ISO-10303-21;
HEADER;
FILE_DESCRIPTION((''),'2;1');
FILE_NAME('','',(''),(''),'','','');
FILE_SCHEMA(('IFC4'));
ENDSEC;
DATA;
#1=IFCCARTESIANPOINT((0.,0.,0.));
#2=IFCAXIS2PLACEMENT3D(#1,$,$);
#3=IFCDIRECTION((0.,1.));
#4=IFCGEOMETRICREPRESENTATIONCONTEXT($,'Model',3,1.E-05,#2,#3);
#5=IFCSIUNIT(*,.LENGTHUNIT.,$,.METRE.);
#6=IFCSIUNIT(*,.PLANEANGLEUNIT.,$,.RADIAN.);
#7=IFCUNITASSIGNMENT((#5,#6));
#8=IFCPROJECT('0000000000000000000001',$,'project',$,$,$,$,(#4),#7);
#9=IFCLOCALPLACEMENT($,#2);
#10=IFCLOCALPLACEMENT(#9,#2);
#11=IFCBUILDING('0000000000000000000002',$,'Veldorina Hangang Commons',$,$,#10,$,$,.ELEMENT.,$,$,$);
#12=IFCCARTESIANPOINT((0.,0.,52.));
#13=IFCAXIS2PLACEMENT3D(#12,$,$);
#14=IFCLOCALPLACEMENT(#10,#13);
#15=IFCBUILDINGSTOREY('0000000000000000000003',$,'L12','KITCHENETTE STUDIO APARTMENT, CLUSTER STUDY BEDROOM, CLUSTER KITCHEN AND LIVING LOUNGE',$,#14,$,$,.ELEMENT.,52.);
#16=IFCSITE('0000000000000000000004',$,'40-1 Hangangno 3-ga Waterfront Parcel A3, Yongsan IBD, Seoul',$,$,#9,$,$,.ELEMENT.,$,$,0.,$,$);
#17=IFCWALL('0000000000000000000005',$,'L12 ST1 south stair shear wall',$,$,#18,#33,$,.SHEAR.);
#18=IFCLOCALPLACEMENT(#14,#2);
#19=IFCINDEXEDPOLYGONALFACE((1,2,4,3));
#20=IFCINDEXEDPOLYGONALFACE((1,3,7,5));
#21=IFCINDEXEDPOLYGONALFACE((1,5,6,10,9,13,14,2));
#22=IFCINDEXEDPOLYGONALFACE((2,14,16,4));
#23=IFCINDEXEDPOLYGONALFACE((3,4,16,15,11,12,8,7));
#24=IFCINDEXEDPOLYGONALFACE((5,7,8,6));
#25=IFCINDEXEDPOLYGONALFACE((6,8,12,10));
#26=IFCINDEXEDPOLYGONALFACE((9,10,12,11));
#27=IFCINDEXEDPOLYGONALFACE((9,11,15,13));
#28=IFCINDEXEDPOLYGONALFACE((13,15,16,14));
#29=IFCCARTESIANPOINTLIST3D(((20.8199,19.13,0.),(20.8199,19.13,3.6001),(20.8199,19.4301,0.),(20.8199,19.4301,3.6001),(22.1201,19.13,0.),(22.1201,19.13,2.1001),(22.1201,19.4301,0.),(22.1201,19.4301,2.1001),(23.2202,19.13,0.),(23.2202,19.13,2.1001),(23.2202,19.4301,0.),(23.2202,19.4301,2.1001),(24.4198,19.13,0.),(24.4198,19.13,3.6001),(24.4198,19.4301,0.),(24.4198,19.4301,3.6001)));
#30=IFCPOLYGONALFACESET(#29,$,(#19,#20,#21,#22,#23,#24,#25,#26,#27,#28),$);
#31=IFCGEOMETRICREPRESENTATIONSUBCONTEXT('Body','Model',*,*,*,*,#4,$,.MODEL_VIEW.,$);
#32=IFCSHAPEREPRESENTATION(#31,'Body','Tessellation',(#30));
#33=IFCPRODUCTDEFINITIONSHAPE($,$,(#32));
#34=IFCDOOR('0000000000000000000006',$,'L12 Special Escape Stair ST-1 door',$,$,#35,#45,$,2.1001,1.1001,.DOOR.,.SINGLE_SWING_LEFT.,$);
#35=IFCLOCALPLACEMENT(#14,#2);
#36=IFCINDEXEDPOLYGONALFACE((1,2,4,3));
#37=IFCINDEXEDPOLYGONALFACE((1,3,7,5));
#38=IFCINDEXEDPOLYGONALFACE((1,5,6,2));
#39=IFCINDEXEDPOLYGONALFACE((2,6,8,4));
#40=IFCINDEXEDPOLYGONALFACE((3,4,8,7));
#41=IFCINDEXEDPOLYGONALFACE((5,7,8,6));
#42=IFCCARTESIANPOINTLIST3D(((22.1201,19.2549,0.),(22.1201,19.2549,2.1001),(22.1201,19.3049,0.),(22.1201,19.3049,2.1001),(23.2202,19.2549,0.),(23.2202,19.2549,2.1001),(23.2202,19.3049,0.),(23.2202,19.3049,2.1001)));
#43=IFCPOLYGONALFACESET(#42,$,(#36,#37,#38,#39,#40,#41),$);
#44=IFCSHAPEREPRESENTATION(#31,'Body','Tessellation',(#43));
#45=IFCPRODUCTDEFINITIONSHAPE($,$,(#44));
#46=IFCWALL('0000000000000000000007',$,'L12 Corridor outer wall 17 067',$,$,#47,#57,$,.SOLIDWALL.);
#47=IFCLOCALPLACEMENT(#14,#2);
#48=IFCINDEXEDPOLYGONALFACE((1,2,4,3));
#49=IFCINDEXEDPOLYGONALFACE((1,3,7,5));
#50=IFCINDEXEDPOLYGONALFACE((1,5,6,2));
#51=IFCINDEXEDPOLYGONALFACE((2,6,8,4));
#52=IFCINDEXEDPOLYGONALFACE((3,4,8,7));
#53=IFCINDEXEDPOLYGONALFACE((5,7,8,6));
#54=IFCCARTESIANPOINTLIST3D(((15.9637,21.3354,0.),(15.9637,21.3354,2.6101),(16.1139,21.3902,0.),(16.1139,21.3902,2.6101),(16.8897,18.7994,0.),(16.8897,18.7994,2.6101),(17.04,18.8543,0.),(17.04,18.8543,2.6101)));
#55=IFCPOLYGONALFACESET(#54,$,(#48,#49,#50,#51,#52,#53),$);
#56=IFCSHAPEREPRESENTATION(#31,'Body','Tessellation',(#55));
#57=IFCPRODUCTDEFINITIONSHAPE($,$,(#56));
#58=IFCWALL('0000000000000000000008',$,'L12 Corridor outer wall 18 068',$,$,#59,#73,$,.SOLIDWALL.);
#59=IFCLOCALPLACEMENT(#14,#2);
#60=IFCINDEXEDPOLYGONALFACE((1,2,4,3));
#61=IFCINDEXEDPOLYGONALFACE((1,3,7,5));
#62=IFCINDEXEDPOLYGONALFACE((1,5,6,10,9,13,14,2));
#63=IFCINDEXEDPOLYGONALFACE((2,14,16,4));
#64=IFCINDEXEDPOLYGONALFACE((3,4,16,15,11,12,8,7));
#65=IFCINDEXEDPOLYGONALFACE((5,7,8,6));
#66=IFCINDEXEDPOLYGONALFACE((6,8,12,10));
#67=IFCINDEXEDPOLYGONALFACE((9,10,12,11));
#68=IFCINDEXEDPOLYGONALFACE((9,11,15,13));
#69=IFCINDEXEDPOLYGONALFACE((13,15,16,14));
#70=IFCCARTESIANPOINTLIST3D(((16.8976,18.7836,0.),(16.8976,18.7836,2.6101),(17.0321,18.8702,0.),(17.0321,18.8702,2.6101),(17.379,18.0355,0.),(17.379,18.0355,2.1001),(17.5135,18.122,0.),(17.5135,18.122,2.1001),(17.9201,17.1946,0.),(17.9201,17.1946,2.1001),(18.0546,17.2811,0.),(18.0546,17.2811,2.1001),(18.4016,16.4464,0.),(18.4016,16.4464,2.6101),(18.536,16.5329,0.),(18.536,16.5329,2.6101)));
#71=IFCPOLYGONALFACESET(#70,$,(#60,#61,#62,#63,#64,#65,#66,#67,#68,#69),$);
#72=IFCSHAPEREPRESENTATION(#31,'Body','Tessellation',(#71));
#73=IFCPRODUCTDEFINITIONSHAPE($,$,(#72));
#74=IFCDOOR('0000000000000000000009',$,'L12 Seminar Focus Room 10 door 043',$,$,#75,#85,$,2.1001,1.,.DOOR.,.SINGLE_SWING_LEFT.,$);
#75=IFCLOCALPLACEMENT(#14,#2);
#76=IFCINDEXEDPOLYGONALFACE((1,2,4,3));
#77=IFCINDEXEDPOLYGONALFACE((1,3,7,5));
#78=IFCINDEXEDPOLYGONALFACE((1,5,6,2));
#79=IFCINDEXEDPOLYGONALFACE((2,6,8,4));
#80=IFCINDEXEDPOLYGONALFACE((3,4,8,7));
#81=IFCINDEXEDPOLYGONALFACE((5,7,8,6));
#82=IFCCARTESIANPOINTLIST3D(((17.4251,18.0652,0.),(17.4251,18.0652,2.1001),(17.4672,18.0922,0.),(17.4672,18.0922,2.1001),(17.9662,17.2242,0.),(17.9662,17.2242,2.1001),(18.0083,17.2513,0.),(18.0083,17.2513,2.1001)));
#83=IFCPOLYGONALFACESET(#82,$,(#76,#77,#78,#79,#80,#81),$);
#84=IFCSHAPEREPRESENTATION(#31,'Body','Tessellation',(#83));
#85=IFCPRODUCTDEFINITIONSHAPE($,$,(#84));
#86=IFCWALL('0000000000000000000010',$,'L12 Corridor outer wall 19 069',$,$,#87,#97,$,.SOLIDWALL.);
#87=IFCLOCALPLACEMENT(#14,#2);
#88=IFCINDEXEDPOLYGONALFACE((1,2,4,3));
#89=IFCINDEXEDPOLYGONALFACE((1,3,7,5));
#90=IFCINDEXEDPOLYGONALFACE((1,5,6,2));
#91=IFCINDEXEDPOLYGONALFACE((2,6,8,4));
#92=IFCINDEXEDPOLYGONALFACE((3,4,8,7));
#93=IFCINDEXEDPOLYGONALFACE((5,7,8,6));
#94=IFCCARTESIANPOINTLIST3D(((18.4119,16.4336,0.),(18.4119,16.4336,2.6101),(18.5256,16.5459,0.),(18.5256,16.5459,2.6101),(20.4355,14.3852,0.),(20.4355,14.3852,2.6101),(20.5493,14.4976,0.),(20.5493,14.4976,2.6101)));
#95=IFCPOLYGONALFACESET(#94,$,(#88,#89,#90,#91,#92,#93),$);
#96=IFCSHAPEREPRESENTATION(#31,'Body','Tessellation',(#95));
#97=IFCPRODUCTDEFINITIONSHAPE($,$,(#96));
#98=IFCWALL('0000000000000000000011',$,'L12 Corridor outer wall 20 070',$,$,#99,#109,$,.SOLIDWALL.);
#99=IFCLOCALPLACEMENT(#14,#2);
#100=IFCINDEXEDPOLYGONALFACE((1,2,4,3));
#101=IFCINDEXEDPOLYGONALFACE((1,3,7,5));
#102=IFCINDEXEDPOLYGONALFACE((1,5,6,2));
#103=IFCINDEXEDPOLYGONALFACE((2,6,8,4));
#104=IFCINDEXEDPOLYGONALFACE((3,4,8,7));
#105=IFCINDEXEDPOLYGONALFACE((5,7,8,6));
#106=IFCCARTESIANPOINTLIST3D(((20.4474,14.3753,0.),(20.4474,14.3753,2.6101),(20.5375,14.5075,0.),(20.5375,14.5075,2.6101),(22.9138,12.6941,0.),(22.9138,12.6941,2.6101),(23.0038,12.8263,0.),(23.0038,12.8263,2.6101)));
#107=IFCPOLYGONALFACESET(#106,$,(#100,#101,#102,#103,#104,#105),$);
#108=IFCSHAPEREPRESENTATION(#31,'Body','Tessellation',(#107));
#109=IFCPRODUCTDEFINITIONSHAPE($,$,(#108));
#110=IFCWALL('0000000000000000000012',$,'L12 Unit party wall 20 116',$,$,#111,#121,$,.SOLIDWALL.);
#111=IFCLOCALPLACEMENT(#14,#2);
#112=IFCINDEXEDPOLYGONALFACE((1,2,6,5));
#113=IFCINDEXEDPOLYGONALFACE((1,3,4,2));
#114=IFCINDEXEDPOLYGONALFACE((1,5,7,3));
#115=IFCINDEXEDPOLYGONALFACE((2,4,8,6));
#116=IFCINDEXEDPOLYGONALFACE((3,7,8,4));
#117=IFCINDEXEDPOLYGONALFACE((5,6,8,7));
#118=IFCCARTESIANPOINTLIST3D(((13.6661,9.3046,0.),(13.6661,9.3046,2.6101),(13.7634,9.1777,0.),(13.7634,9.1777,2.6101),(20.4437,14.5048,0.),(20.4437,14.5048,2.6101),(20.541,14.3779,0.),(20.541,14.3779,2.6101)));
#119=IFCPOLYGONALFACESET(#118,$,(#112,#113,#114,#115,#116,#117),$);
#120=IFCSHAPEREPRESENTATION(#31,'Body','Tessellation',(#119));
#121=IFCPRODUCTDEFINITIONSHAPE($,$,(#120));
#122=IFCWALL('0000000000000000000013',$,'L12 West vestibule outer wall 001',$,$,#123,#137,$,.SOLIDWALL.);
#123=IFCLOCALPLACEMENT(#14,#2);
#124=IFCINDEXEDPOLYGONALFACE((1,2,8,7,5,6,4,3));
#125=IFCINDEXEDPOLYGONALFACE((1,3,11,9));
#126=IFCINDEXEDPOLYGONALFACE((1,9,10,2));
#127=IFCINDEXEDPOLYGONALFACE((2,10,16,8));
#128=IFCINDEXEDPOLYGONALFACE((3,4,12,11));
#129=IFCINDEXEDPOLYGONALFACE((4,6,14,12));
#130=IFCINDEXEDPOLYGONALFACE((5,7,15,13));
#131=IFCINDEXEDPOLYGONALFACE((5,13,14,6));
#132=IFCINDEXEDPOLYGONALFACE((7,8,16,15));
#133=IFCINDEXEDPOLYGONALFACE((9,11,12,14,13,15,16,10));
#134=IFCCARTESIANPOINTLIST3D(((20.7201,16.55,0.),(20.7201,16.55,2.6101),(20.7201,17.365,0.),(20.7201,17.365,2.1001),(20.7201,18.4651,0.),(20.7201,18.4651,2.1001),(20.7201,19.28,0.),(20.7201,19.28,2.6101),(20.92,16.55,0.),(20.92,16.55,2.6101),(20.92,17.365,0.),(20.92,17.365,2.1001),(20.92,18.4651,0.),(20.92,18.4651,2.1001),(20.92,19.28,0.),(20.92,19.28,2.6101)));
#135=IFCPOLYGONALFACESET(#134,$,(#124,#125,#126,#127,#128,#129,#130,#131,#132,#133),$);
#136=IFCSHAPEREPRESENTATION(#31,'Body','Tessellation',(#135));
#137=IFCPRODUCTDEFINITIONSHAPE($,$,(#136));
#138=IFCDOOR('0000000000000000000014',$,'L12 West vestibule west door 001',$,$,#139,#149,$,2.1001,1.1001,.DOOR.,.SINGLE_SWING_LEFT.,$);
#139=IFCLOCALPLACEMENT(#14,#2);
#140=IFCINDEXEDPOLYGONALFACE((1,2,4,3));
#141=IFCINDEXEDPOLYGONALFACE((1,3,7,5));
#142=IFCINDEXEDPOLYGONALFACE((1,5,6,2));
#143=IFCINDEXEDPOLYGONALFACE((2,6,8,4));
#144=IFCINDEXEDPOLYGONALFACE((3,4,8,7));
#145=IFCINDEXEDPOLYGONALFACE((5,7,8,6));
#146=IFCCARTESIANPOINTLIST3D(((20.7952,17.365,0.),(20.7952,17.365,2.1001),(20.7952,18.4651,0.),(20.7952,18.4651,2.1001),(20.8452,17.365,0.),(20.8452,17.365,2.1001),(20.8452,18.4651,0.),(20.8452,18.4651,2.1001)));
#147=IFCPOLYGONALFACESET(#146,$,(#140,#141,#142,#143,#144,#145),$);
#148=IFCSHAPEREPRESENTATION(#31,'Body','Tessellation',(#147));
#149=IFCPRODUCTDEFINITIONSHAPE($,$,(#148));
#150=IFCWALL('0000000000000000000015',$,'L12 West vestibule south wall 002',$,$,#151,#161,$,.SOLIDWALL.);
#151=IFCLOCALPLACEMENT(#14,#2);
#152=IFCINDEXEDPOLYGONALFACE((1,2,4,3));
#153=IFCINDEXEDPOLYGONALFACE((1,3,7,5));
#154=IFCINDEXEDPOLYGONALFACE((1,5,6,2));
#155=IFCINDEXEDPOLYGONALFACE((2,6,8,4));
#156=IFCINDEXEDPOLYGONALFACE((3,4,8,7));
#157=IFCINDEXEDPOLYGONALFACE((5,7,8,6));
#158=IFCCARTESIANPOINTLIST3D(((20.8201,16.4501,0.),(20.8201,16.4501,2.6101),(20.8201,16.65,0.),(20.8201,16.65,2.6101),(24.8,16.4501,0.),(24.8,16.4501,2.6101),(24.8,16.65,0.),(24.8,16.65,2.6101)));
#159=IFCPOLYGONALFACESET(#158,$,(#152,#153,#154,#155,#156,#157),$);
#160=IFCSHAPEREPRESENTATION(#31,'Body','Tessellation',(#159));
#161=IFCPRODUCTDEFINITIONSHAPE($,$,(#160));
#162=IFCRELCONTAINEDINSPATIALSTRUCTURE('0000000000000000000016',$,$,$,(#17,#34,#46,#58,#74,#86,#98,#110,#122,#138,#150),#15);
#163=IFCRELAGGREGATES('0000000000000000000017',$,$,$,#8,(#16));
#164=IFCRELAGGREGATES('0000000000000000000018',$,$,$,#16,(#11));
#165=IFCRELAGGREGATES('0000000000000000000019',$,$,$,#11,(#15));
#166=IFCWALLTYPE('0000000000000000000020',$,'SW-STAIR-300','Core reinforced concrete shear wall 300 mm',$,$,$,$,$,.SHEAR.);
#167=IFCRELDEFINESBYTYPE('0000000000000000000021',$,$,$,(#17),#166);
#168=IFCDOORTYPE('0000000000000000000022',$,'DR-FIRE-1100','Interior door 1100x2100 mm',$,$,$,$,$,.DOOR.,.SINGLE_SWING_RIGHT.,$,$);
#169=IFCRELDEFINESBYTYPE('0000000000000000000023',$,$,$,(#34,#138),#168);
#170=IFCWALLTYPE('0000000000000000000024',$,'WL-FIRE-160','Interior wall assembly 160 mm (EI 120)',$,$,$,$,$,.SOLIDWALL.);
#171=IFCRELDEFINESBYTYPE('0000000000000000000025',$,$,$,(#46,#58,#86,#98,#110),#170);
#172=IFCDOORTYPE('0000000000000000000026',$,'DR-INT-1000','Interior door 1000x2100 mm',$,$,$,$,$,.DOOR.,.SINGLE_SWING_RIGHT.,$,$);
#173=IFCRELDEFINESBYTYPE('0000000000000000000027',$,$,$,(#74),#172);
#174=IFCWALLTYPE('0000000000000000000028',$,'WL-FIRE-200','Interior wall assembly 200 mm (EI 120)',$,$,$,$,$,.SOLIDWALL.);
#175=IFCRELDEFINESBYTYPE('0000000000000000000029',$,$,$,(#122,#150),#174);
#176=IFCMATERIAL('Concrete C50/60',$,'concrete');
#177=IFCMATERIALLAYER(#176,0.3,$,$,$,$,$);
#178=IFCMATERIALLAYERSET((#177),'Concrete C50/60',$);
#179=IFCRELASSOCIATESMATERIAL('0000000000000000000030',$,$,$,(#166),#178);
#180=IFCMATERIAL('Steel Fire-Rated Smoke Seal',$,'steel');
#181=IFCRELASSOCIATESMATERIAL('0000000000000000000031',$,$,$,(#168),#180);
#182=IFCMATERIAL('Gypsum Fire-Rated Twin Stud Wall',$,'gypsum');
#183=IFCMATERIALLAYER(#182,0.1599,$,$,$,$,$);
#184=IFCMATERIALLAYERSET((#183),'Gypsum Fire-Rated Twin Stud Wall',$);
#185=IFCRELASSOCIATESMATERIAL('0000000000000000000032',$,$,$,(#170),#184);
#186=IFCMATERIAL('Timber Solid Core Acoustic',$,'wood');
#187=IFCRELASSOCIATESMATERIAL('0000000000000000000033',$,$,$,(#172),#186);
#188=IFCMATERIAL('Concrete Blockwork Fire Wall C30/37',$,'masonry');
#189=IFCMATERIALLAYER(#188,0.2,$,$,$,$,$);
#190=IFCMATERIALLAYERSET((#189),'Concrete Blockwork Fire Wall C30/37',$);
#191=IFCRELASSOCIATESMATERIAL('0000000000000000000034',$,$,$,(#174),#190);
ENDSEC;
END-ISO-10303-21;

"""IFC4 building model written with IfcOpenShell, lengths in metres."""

from ifc_helpers import new_model, si_unit, direction, frame, frame_2d, origin, place, context, subcontext, project, spatial, rectangle, extrude, material, layer, layer_set, type_object, element, fill, save


model = new_model("IFC4")

# Units and contexts
model_context = context("Model", 3, precision=1e-05, world=origin(), true_north=direction((0.0, 1.0)))
body_context = subcontext(model_context, "Body", "Model", "MODEL_VIEW")
ifc_project = project(units=[si_unit("LENGTHUNIT", "METRE"), si_unit("PLANEANGLEUNIT", "RADIAN")], contexts=[model_context])

# Site, building, storey
site_placement = place(None, origin())
site = spatial("IfcSite", under=ifc_project, at=site_placement, Name="40-1 Hangangno 3-ga Waterfront Parcel A3, Yongsan IBD, Seoul", CompositionType="ELEMENT", RefElevation=0.0)
building_placement = place(site_placement, origin())
building = spatial("IfcBuilding", under=site, at=building_placement, Name="Veldorina Hangang Commons", CompositionType="ELEMENT")
storey_placement = place(building_placement, frame((0.0, 0.0, 52.0)))
storey = spatial("IfcBuildingStorey", under=building, at=storey_placement, Name="L12", Description="KITCHENETTE STUDIO APARTMENT, CLUSTER STUDY BEDROOM, CLUSTER KITCHEN AND LIVING LOUNGE", CompositionType="ELEMENT", Elevation=52.0)

# Shared definitions
ifc_material_1 = material(Name="Concrete C50/60", Category="concrete")
ifc_layer_1 = layer(ifc_material_1, 0.3)
ifc_layer_set_1 = layer_set([ifc_layer_1], Name="Concrete C50/60")
wall_type_1 = type_object("IfcWallType", Name="SW-STAIR-300", Description="Core reinforced concrete shear wall 300 mm", PredefinedType="SHEAR", material=ifc_layer_set_1)

# Wall, opening, door
wall_1_placement = place(storey_placement, frame((20.8201, 19.28, 0.0), z_axis=(0.0, 0.0, 1.0), x_axis=(1.0, 0.0, 0.0)))
wall_1 = element("IfcWall", 1, at=wall_1_placement, inside=storey, type_object=wall_type_1, Name="L12 ST1 south stair shear wall", PredefinedType="SHEAR", context=body_context, shape_type="SweptSolid", body=[
    extrude(rectangle(XDim=3.5999, YDim=0.3, at=frame_2d((1.7998, 0.0))), origin(), (0.0, 0.0, 1.0), 3.6001),
])
opening_1_placement = place(wall_1_placement, frame((1.3, 0.0, 0.0)))
opening_1 = element("IfcOpeningElement", 2, at=opening_1_placement, cuts=wall_1, PredefinedType="OPENING", context=body_context, shape_type="SweptSolid", body=[
    extrude(rectangle(XDim=1.1001, YDim=2.1001, at=frame_2d((0.55, 1.05))), frame((0.0, 0.1602, 0.0), z_axis=(0.0, -1.0, 0.0), x_axis=(1.0, 0.0, 0.0)), (0.0, 0.0, 1.0), 0.3201),
])
ifc_material_2 = material(Name="Steel Fire-Rated Smoke Seal", Category="steel")
door_type_1 = type_object("IfcDoorType", Name="DR-FIRE-1100", Description="Interior door 1100x2100 mm", OperationType="SINGLE_SWING_RIGHT", PredefinedType="DOOR", material=ifc_material_2)
door_1_placement = place(opening_1_placement, origin())
door_1 = element("IfcDoor", 3, at=door_1_placement, inside=storey, type_object=door_type_1, Name="L12 Special Escape Stair ST-1 door", OperationType="SINGLE_SWING_LEFT", OverallHeight=2.1001, OverallWidth=1.1001, PredefinedType="DOOR", context=body_context, shape_type="SweptSolid", body=[
    extrude(rectangle(XDim=1.1001, YDim=2.1001, at=frame_2d((0.55, 1.05))), frame((0.0, 0.0249, 0.0), z_axis=(0.0, -1.0, 0.0), x_axis=(1.0, 0.0, 0.0)), (0.0, 0.0, 1.0), 0.05),
])
fill(opening_1, door_1)

# Wall
ifc_material_3 = material(Name="Gypsum Fire-Rated Twin Stud Wall", Category="gypsum")
ifc_layer_2 = layer(ifc_material_3, 0.1599)
ifc_layer_set_2 = layer_set([ifc_layer_2], Name="Gypsum Fire-Rated Twin Stud Wall")
wall_type_2 = type_object("IfcWallType", Name="WL-FIRE-160", Description="Interior wall assembly 160 mm (EI 120)", PredefinedType="SOLIDWALL", material=ifc_layer_set_2)
wall_2_placement = place(storey_placement, frame((16.0388, 21.3628, 0.0), z_axis=(0.0, 0.0, 1.0), x_axis=(0.343013, -0.93933, 0.0)))
element("IfcWall", 4, at=wall_2_placement, inside=storey, type_object=wall_type_2, Name="L12 Corridor outer wall 17 067", PredefinedType="SOLIDWALL", context=body_context, shape_type="SweptSolid", body=[
    extrude(rectangle(XDim=2.6997, YDim=0.1599, at=frame_2d((1.3499, 0.0))), origin(), (0.0, 0.0, 1.0), 2.6101),
])

# Wall, opening, door
wall_3_placement = place(storey_placement, frame((16.9648, 18.8269, 0.0), z_axis=(0.0, 0.0, 1.0), x_axis=(0.541126, -0.840941, 0.0)))
wall_3 = element("IfcWall", 5, at=wall_3_placement, inside=storey, type_object=wall_type_2, Name="L12 Corridor outer wall 18 068", PredefinedType="SOLIDWALL", context=body_context, shape_type="SweptSolid", body=[
    extrude(rectangle(XDim=2.7793, YDim=0.1599, at=frame_2d((1.3896, 0.0))), origin(), (0.0, 0.0, 1.0), 2.6101),
])
opening_2_placement = place(wall_3_placement, frame((0.8896, 0.0, 0.0)))
opening_2 = element("IfcOpeningElement", 6, at=opening_2_placement, cuts=wall_3, PredefinedType="OPENING", context=body_context, shape_type="SweptSolid", body=[
    extrude(rectangle(XDim=1.0, YDim=2.1001, at=frame_2d((0.5, 1.05))), frame((0.0, 0.0898, 0.0), z_axis=(0.0, -1.0, 0.0), x_axis=(1.0, 0.0, 0.0)), (0.0, 0.0, 1.0), 0.1799),
])
ifc_material_4 = material(Name="Timber Solid Core Acoustic", Category="wood")
door_type_2 = type_object("IfcDoorType", Name="DR-INT-1000", Description="Interior door 1000x2100 mm", OperationType="SINGLE_SWING_RIGHT", PredefinedType="DOOR", material=ifc_material_4)
door_2_placement = place(opening_2_placement, origin())
door_2 = element("IfcDoor", 7, at=door_2_placement, inside=storey, type_object=door_type_2, Name="L12 Seminar Focus Room 10 door 043", OperationType="SINGLE_SWING_LEFT", OverallHeight=2.1001, OverallWidth=1.0, PredefinedType="DOOR", context=body_context, shape_type="SweptSolid", body=[
    extrude(rectangle(XDim=1.0, YDim=2.1001, at=frame_2d((0.5, 1.05))), frame((0.0, 0.0249, 0.0), z_axis=(0.0, -1.0, 0.0), x_axis=(1.0, 0.0, 0.0)), (0.0, 0.0, 1.0), 0.05),
])
fill(opening_2, door_2)

# Walls
wall_4_placement = place(storey_placement, frame((18.4688, 16.4897, 0.0), z_axis=(0.0, 0.0, 1.0), x_axis=(0.702812, -0.711376, 0.0)))
element("IfcWall", 8, at=wall_4_placement, inside=storey, type_object=wall_type_2, Name="L12 Corridor outer wall 19 069", PredefinedType="SOLIDWALL", context=body_context, shape_type="SweptSolid", body=[
    extrude(rectangle(XDim=2.8794, YDim=0.1599, at=frame_2d((1.4397, 0.0))), origin(), (0.0, 0.0, 1.0), 2.6101),
])
wall_5_placement = place(storey_placement, frame((20.4924, 14.4414, 0.0), z_axis=(0.0, 0.0, 1.0), x_axis=(0.826293, -0.56324, 0.0)))
element("IfcWall", 9, at=wall_5_placement, inside=storey, type_object=wall_type_2, Name="L12 Corridor outer wall 20 070", PredefinedType="SOLIDWALL", context=body_context, shape_type="SweptSolid", body=[
    extrude(rectangle(XDim=2.9849, YDim=0.1599, at=frame_2d((1.4924, 0.0))), origin(), (0.0, 0.0, 1.0), 2.6101),
])
wall_6_placement = place(storey_placement, frame((20.4924, 14.4414, 0.0), z_axis=(0.0, 0.0, 1.0), x_axis=(-0.793378, -0.60873, 0.0)))
element("IfcWall", 10, at=wall_6_placement, inside=storey, type_object=wall_type_2, Name="L12 Unit party wall 20 116", PredefinedType="SOLIDWALL", context=body_context, shape_type="SweptSolid", body=[
    extrude(rectangle(XDim=8.5427, YDim=0.1599, at=frame_2d((4.2715, 0.0))), origin(), (0.0, 0.0, 1.0), 2.6101),
])

# Wall, opening, door
ifc_material_5 = material(Name="Concrete Blockwork Fire Wall C30/37", Category="masonry")
ifc_layer_3 = layer(ifc_material_5, 0.2)
ifc_layer_set_3 = layer_set([ifc_layer_3], Name="Concrete Blockwork Fire Wall C30/37")
wall_type_3 = type_object("IfcWallType", Name="WL-FIRE-200", Description="Interior wall assembly 200 mm (EI 120)", PredefinedType="SOLIDWALL", material=ifc_layer_set_3)
wall_7_placement = place(storey_placement, frame((20.8201, 16.55, 0.0), z_axis=(0.0, 0.0, 1.0), x_axis=(0.0, 1.0, 0.0)))
wall_7 = element("IfcWall", 11, at=wall_7_placement, inside=storey, type_object=wall_type_3, Name="L12 West vestibule outer wall 001", PredefinedType="SOLIDWALL", context=body_context, shape_type="SweptSolid", body=[
    extrude(rectangle(XDim=2.73, YDim=0.2, at=frame_2d((1.365, 0.0))), origin(), (0.0, 0.0, 1.0), 2.6101),
])
opening_3_placement = place(wall_7_placement, frame((0.8149, 0.0, 0.0)))
opening_3 = element("IfcOpeningElement", 12, at=opening_3_placement, cuts=wall_7, PredefinedType="OPENING", context=body_context, shape_type="SweptSolid", body=[
    extrude(rectangle(XDim=1.1001, YDim=2.1001, at=frame_2d((0.55, 1.05))), frame((0.0, 0.1099, 0.0), z_axis=(0.0, -1.0, 0.0), x_axis=(1.0, 0.0, 0.0)), (0.0, 0.0, 1.0), 0.22),
])
door_3_placement = place(opening_3_placement, origin())
door_3 = element("IfcDoor", 13, at=door_3_placement, inside=storey, type_object=door_type_1, Name="L12 West vestibule west door 001", OperationType="SINGLE_SWING_LEFT", OverallHeight=2.1001, OverallWidth=1.1001, PredefinedType="DOOR", context=body_context, shape_type="SweptSolid", body=[
    extrude(rectangle(XDim=1.1001, YDim=2.1001, at=frame_2d((0.55, 1.05))), frame((0.0, 0.0249, 0.0), z_axis=(0.0, -1.0, 0.0), x_axis=(1.0, 0.0, 0.0)), (0.0, 0.0, 1.0), 0.05),
])
fill(opening_3, door_3)

# Wall
wall_8_placement = place(storey_placement, frame((20.8201, 16.55, 0.0), z_axis=(0.0, 0.0, 1.0), x_axis=(1.0, 0.0, 0.0)))
element("IfcWall", 14, at=wall_8_placement, inside=storey, type_object=wall_type_3, Name="L12 West vestibule south wall 002", PredefinedType="SOLIDWALL", context=body_context, shape_type="SweptSolid", body=[
    extrude(rectangle(XDim=3.98, YDim=0.2, at=frame_2d((1.99, 0.0))), origin(), (0.0, 0.0, 1.0), 2.6101),
])

save(model, "model.ifc")
